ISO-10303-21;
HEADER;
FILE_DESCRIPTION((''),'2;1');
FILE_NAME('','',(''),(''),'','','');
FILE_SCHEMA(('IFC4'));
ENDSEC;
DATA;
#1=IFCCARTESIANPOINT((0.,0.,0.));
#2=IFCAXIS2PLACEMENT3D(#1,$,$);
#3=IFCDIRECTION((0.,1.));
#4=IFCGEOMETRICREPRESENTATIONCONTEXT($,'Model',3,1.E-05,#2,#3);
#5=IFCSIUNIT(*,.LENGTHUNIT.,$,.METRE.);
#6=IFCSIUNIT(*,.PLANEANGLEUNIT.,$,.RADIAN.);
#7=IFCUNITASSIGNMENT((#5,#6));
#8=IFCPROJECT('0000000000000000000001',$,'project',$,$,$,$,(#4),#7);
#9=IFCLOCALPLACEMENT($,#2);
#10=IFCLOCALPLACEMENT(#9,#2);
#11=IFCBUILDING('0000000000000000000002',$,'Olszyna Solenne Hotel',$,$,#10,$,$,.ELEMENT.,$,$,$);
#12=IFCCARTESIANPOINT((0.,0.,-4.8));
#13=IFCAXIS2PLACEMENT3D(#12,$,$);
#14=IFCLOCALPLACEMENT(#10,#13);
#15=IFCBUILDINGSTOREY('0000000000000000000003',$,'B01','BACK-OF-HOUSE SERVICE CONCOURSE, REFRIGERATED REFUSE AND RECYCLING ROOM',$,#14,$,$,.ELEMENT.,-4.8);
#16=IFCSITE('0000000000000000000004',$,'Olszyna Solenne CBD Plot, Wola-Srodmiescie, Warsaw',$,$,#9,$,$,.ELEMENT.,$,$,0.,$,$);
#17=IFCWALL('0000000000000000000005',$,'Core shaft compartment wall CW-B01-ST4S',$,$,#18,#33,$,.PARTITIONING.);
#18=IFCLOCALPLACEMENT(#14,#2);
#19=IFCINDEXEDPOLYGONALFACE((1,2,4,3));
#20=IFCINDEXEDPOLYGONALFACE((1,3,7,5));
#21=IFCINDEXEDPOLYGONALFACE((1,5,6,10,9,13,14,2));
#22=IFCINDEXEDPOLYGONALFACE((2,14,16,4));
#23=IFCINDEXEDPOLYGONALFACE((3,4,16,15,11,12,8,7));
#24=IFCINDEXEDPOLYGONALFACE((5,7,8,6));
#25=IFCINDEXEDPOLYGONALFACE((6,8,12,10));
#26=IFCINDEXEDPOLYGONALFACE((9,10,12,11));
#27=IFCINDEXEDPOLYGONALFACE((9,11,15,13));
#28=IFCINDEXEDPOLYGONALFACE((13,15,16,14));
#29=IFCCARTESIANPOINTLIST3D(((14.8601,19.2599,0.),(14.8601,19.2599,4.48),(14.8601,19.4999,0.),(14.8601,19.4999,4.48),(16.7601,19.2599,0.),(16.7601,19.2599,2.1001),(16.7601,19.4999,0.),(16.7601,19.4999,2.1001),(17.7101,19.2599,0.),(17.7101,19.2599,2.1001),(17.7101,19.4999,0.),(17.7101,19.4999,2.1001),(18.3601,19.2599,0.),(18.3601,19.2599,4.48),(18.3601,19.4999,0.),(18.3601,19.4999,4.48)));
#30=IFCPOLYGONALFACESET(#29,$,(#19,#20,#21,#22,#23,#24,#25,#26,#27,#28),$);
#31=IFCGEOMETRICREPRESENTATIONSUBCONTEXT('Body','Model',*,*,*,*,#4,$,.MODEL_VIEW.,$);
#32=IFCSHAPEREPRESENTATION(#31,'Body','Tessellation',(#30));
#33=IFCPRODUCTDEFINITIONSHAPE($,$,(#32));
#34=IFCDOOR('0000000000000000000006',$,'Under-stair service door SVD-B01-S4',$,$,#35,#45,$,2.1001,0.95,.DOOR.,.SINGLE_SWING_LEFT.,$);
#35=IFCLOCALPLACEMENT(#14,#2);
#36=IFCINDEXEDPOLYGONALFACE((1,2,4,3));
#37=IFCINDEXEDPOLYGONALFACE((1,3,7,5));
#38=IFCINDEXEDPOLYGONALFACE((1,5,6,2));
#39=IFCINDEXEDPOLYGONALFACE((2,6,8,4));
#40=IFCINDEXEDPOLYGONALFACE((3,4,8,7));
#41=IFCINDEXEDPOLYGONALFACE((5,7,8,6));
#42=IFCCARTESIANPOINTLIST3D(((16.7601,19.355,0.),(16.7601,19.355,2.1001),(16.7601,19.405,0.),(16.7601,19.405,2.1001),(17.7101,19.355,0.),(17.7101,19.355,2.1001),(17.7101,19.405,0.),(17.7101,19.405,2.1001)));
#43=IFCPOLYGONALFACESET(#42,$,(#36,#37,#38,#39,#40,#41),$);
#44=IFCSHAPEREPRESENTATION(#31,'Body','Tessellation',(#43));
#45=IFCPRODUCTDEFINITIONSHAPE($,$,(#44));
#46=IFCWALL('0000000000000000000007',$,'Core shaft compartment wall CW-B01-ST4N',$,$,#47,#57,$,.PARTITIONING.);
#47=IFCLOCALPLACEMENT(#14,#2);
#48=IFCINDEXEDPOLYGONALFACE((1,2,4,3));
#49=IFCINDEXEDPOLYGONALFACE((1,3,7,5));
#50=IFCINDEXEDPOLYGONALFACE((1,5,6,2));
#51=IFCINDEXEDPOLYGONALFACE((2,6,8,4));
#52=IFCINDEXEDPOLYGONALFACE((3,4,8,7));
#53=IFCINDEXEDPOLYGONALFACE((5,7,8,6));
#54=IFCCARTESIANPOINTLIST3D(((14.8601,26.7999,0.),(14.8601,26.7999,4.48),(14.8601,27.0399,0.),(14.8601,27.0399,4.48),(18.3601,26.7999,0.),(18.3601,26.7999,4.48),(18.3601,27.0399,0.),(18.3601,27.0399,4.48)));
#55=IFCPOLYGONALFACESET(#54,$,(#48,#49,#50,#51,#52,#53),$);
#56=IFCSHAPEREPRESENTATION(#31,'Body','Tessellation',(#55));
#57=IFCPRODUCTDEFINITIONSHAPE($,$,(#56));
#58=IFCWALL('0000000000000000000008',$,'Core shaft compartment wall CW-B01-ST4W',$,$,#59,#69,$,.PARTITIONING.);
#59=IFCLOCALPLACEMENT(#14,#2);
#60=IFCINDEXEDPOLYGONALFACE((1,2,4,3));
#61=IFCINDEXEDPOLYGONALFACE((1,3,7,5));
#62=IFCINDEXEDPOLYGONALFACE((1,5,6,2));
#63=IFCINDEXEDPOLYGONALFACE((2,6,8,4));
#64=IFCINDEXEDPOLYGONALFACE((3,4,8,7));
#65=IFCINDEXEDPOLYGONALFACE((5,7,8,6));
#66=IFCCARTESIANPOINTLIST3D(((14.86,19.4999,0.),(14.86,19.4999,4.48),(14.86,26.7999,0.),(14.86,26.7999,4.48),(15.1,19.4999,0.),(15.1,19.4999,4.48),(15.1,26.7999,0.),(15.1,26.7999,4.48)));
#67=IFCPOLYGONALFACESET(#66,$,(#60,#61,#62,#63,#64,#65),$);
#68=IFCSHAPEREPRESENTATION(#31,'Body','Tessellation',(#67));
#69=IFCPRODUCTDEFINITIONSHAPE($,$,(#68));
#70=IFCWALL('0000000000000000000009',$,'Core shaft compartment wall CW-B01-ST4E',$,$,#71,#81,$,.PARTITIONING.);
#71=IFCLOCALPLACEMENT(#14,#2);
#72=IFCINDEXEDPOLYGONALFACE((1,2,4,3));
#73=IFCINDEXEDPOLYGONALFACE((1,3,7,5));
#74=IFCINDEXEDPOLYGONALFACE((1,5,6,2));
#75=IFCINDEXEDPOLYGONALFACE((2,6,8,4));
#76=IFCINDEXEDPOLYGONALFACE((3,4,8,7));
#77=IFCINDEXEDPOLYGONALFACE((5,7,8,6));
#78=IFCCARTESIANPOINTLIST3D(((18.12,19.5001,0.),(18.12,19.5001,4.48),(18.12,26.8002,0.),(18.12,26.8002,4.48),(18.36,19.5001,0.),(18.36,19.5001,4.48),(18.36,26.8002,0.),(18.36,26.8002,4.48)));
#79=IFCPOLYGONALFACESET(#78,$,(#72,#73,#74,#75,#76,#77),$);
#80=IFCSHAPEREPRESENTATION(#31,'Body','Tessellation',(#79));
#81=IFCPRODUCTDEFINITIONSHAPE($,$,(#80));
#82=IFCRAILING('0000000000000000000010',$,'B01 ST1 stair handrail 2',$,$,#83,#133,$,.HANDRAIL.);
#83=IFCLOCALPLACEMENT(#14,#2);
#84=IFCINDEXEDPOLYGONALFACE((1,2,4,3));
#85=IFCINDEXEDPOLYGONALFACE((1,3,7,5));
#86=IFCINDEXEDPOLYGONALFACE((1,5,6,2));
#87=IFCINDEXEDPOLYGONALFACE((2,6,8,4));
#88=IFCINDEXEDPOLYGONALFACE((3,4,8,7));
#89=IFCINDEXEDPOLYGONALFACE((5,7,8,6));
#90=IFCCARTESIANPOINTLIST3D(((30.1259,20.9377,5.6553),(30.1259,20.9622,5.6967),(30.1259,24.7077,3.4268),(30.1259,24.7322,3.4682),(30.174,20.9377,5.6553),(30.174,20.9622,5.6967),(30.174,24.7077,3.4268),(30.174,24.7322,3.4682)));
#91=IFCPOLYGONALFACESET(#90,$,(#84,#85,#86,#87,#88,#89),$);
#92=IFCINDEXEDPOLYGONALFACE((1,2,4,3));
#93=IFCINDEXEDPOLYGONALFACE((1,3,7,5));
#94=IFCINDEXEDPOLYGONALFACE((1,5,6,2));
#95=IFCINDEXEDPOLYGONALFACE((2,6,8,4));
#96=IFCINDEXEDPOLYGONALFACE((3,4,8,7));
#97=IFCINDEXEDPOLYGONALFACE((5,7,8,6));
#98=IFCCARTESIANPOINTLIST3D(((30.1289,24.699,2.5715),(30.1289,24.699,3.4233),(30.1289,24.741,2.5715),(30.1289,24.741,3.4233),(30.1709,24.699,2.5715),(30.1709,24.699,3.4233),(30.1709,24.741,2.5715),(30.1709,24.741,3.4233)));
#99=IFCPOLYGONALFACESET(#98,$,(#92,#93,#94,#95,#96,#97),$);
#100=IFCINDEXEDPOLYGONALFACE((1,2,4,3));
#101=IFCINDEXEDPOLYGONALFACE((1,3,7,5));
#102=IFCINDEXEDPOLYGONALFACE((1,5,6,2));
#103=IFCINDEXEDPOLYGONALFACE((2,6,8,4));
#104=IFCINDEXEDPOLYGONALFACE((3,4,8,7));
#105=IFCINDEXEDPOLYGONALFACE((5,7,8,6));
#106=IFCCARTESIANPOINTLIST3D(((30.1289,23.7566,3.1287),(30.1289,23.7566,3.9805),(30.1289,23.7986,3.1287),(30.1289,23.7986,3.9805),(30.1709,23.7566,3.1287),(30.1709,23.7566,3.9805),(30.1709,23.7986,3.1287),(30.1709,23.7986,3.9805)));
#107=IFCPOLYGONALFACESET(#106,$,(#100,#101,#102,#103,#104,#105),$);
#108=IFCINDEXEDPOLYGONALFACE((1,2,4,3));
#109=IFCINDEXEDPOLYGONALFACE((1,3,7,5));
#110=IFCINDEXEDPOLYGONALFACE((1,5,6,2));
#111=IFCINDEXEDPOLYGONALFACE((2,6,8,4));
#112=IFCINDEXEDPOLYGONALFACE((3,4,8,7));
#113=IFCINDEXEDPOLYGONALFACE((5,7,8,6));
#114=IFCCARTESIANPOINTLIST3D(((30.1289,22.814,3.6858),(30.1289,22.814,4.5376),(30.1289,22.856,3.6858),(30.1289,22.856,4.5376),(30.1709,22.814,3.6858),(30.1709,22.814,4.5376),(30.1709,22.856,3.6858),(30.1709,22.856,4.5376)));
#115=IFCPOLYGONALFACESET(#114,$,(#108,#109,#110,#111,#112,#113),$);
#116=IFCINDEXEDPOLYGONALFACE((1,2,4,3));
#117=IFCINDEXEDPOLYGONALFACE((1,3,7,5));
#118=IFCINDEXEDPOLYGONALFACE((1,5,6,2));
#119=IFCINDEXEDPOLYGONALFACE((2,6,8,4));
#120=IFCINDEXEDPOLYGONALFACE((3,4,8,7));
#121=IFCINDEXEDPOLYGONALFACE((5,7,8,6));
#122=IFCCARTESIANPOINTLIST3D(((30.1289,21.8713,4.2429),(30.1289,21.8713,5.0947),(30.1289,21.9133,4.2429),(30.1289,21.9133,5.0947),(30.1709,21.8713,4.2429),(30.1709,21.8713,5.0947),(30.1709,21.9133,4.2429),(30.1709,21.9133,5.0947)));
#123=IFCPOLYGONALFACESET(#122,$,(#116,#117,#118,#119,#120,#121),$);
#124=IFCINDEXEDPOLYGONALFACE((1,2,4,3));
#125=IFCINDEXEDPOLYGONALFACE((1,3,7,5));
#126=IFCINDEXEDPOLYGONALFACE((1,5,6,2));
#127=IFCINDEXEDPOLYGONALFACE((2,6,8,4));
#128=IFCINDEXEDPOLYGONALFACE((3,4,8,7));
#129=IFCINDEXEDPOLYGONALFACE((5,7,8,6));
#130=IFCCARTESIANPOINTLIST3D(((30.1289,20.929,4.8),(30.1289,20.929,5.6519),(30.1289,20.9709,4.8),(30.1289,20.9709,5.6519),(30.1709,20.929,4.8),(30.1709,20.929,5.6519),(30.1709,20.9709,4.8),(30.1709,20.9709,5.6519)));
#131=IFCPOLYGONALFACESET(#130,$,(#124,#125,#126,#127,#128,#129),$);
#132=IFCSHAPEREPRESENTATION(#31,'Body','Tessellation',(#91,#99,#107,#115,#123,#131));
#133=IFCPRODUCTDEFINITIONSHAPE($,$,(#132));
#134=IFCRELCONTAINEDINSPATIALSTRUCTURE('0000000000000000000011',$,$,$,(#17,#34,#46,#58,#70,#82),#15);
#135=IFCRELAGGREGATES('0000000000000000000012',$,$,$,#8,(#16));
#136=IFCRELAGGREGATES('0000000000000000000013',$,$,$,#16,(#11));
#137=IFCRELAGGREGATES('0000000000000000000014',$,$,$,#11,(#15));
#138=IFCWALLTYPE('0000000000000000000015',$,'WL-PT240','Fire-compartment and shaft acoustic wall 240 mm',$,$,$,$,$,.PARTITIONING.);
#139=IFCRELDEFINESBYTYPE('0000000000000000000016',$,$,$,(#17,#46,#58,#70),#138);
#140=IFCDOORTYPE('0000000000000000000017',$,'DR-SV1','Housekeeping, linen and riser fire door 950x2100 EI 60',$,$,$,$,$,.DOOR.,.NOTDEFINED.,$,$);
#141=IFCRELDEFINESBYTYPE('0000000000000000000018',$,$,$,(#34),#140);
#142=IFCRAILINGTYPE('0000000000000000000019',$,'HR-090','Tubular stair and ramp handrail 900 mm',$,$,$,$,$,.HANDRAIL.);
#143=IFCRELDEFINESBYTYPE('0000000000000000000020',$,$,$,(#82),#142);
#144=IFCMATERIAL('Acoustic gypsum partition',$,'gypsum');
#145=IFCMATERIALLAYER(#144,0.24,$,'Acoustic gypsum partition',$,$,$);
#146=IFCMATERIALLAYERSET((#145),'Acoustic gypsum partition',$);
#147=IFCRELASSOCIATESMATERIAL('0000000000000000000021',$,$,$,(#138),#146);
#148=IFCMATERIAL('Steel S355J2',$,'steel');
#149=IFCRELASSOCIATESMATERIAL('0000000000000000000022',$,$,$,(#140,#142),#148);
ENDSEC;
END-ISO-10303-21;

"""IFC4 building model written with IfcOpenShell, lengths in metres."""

from ifc_helpers import new_model, si_unit, direction, frame, frame_2d, origin, origin_2d, place, context, subcontext, project, spatial, rectangle, extrude, source, transform, mapped, material, layer, layer_set, type_object, type_shapes, element, fill, save


model = new_model("IFC4")

# Units and contexts
model_context = context("Model", 3, precision=1e-05, world=origin(), true_north=direction((0.0, 1.0)))
body_context = subcontext(model_context, "Body", "Model", "MODEL_VIEW")
ifc_project = project(units=[si_unit("LENGTHUNIT", "METRE"), si_unit("PLANEANGLEUNIT", "RADIAN")], contexts=[model_context])

# Site, building, storey
site_placement = place(None, origin())
site = spatial("IfcSite", under=ifc_project, at=site_placement, Name="Olszyna Solenne CBD Plot, Wola-Srodmiescie, Warsaw", CompositionType="ELEMENT", RefElevation=0.0)
building_placement = place(site_placement, origin())
building = spatial("IfcBuilding", under=site, at=building_placement, Name="Olszyna Solenne Hotel", CompositionType="ELEMENT")
storey_placement = place(building_placement, frame((0.0, 0.0, -4.8)))
storey = spatial("IfcBuildingStorey", under=building, at=storey_placement, Name="B01", Description="BACK-OF-HOUSE SERVICE CONCOURSE, REFRIGERATED REFUSE AND RECYCLING ROOM", CompositionType="ELEMENT", Elevation=-4.8)

# Shared definitions
ifc_material_1 = material(Name="Steel S355J2", Category="steel")

# Shared definitions
ifc_material_2 = material(Name="Acoustic gypsum partition", Category="gypsum")

# Wall, opening, door
ifc_layer_1 = layer(ifc_material_2, 0.24, Name="Acoustic gypsum partition")
ifc_layer_set_1 = layer_set([ifc_layer_1], Name="Acoustic gypsum partition")
wall_type_1 = type_object("IfcWallType", Name="WL-PT240", Description="Fire-compartment and shaft acoustic wall 240 mm", PredefinedType="PARTITIONING", material=ifc_layer_set_1)
wall_1_placement = place(storey_placement, frame((18.3601, 19.3799, 0.0), z_axis=(0.0, 0.0, 1.0), x_axis=(-1.0, 0.0, 0.0)))
wall_1 = element("IfcWall", 1, at=wall_1_placement, inside=storey, type_object=wall_type_1, Name="Core shaft compartment wall CW-B01-ST4S", PredefinedType="PARTITIONING", context=body_context, shape_type="SweptSolid", body=[
    extrude(rectangle(XDim=3.5, YDim=0.24, at=frame_2d((1.75, 0.0))), origin(), (0.0, 0.0, 1.0), 4.48),
])
opening_1_placement = place(wall_1_placement, frame((0.6499, 0.0, 0.0)))
opening_1 = element("IfcOpeningElement", 2, at=opening_1_placement, cuts=wall_1, PredefinedType="OPENING", context=body_context, shape_type="SweptSolid", body=[
    extrude(rectangle(XDim=0.95, YDim=2.1001, at=frame_2d((0.4751, 1.05))), frame((0.0, 0.1299, 0.0), z_axis=(0.0, -1.0, 0.0), x_axis=(1.0, 0.0, 0.0)), (0.0, 0.0, 1.0), 0.26),
])
door_type_1 = type_object("IfcDoorType", Name="DR-SV1", Description="Housekeeping, linen and riser fire door 950x2100 EI 60", OperationType="NOTDEFINED", PredefinedType="DOOR", material=ifc_material_1)
shared_shape_1 = source(origin(), body_context, "Body", "SweptSolid", [
    extrude(rectangle(XDim=0.95, YDim=2.1001, at=frame_2d((0.4751, 1.05))), frame((0.0, 0.0249, 0.0), z_axis=(0.0, -1.0, 0.0), x_axis=(1.0, 0.0, 0.0)), (0.0, 0.0, 1.0), 0.05),
])
type_shapes(door_type_1, [shared_shape_1])
door_1_placement = place(opening_1_placement, origin())
door_1 = element("IfcDoor", 3, at=door_1_placement, inside=storey, type_object=door_type_1, Name="Under-stair service door SVD-B01-S4", OperationType="SINGLE_SWING_LEFT", OverallHeight=2.1001, OverallWidth=0.95, PredefinedType="DOOR", context=body_context, shape_type="MappedRepresentation", body=[
    mapped(shared_shape_1, transform((0.0, 0.0, 0.0), x_axis=(1.0, 0.0, 0.0), y_axis=(0.0, 1.0, 0.0), z_axis=(0.0, 0.0, 1.0), scale=1.0)),
])
fill(opening_1, door_1)

# Walls
wall_2_placement = place(storey_placement, frame((14.8601, 26.9199, 0.0), z_axis=(0.0, 0.0, 1.0), x_axis=(1.0, 0.0, 0.0)))
element("IfcWall", 4, at=wall_2_placement, inside=storey, type_object=wall_type_1, Name="Core shaft compartment wall CW-B01-ST4N", PredefinedType="PARTITIONING", context=body_context, shape_type="SweptSolid", body=[
    extrude(rectangle(XDim=3.5, YDim=0.24, at=frame_2d((1.75, 0.0))), origin(), (0.0, 0.0, 1.0), 4.48),
])
for number, where, z_axis, x_axis, name in (
    (5, (14.98, 19.5, 0.0), (0.0, 0.0, 1.0), (0.0, 1.0, 0.0), "Core shaft compartment wall CW-B01-ST4W"),
    (6, (18.24, 26.8, 0.0), (0.0, 0.0, 1.0), (0.0, -1.0, 0.0), "Core shaft compartment wall CW-B01-ST4E"),
):
    element("IfcWall", number, at=place(storey_placement, frame(where, z_axis=z_axis, x_axis=x_axis)), inside=storey, type_object=wall_type_1, Name=name, PredefinedType="PARTITIONING", context=body_context, shape_type="SweptSolid", body=[
        extrude(rectangle(XDim=7.3, YDim=0.24, at=frame_2d((3.6499, 0.0))), origin(), (0.0, 0.0, 1.0), 4.48),
    ])

# Railing
railing_type = type_object("IfcRailingType", Name="HR-090", Description="Tubular stair and ramp handrail 900 mm", PredefinedType="HANDRAIL", material=ifc_material_1)
railing_placement = place(storey_placement, frame((30.1499, 24.72, 2.5715)))
element("IfcRailing", 7, at=railing_placement, inside=storey, type_object=railing_type, Name="B01 ST1 stair handrail 2", PredefinedType="HANDRAIL", context=body_context, shape_type="SweptSolid", body=[
    extrude(rectangle(XDim=0.0481, YDim=0.0481, at=origin_2d()), frame((0.0, 0.0, 0.876), z_axis=(0.0, -0.860849, 0.508861), x_axis=(1.0, 0.0, 0.0)), (0.0, 0.0, 1.0), 4.3794),
    extrude(rectangle(XDim=0.042, YDim=0.042, at=origin_2d()), origin(), (0.0, 0.0, 1.0), 0.8518),
    extrude(rectangle(XDim=0.042, YDim=0.042, at=origin_2d()), frame((0.0, -0.9424, 0.5571)), (0.0, 0.0, 1.0), 0.8518),
    extrude(rectangle(XDim=0.042, YDim=0.042, at=origin_2d()), frame((0.0, -1.885, 1.1143)), (0.0, 0.0, 1.0), 0.8518),
    extrude(rectangle(XDim=0.042, YDim=0.042, at=origin_2d()), frame((0.0, -2.8276, 1.6714)), (0.0, 0.0, 1.0), 0.8518),
    extrude(rectangle(XDim=0.042, YDim=0.042, at=origin_2d()), frame((0.0, -3.77, 2.2285)), (0.0, 0.0, 1.0), 0.8518),
])

save(model, "model.ifc")
